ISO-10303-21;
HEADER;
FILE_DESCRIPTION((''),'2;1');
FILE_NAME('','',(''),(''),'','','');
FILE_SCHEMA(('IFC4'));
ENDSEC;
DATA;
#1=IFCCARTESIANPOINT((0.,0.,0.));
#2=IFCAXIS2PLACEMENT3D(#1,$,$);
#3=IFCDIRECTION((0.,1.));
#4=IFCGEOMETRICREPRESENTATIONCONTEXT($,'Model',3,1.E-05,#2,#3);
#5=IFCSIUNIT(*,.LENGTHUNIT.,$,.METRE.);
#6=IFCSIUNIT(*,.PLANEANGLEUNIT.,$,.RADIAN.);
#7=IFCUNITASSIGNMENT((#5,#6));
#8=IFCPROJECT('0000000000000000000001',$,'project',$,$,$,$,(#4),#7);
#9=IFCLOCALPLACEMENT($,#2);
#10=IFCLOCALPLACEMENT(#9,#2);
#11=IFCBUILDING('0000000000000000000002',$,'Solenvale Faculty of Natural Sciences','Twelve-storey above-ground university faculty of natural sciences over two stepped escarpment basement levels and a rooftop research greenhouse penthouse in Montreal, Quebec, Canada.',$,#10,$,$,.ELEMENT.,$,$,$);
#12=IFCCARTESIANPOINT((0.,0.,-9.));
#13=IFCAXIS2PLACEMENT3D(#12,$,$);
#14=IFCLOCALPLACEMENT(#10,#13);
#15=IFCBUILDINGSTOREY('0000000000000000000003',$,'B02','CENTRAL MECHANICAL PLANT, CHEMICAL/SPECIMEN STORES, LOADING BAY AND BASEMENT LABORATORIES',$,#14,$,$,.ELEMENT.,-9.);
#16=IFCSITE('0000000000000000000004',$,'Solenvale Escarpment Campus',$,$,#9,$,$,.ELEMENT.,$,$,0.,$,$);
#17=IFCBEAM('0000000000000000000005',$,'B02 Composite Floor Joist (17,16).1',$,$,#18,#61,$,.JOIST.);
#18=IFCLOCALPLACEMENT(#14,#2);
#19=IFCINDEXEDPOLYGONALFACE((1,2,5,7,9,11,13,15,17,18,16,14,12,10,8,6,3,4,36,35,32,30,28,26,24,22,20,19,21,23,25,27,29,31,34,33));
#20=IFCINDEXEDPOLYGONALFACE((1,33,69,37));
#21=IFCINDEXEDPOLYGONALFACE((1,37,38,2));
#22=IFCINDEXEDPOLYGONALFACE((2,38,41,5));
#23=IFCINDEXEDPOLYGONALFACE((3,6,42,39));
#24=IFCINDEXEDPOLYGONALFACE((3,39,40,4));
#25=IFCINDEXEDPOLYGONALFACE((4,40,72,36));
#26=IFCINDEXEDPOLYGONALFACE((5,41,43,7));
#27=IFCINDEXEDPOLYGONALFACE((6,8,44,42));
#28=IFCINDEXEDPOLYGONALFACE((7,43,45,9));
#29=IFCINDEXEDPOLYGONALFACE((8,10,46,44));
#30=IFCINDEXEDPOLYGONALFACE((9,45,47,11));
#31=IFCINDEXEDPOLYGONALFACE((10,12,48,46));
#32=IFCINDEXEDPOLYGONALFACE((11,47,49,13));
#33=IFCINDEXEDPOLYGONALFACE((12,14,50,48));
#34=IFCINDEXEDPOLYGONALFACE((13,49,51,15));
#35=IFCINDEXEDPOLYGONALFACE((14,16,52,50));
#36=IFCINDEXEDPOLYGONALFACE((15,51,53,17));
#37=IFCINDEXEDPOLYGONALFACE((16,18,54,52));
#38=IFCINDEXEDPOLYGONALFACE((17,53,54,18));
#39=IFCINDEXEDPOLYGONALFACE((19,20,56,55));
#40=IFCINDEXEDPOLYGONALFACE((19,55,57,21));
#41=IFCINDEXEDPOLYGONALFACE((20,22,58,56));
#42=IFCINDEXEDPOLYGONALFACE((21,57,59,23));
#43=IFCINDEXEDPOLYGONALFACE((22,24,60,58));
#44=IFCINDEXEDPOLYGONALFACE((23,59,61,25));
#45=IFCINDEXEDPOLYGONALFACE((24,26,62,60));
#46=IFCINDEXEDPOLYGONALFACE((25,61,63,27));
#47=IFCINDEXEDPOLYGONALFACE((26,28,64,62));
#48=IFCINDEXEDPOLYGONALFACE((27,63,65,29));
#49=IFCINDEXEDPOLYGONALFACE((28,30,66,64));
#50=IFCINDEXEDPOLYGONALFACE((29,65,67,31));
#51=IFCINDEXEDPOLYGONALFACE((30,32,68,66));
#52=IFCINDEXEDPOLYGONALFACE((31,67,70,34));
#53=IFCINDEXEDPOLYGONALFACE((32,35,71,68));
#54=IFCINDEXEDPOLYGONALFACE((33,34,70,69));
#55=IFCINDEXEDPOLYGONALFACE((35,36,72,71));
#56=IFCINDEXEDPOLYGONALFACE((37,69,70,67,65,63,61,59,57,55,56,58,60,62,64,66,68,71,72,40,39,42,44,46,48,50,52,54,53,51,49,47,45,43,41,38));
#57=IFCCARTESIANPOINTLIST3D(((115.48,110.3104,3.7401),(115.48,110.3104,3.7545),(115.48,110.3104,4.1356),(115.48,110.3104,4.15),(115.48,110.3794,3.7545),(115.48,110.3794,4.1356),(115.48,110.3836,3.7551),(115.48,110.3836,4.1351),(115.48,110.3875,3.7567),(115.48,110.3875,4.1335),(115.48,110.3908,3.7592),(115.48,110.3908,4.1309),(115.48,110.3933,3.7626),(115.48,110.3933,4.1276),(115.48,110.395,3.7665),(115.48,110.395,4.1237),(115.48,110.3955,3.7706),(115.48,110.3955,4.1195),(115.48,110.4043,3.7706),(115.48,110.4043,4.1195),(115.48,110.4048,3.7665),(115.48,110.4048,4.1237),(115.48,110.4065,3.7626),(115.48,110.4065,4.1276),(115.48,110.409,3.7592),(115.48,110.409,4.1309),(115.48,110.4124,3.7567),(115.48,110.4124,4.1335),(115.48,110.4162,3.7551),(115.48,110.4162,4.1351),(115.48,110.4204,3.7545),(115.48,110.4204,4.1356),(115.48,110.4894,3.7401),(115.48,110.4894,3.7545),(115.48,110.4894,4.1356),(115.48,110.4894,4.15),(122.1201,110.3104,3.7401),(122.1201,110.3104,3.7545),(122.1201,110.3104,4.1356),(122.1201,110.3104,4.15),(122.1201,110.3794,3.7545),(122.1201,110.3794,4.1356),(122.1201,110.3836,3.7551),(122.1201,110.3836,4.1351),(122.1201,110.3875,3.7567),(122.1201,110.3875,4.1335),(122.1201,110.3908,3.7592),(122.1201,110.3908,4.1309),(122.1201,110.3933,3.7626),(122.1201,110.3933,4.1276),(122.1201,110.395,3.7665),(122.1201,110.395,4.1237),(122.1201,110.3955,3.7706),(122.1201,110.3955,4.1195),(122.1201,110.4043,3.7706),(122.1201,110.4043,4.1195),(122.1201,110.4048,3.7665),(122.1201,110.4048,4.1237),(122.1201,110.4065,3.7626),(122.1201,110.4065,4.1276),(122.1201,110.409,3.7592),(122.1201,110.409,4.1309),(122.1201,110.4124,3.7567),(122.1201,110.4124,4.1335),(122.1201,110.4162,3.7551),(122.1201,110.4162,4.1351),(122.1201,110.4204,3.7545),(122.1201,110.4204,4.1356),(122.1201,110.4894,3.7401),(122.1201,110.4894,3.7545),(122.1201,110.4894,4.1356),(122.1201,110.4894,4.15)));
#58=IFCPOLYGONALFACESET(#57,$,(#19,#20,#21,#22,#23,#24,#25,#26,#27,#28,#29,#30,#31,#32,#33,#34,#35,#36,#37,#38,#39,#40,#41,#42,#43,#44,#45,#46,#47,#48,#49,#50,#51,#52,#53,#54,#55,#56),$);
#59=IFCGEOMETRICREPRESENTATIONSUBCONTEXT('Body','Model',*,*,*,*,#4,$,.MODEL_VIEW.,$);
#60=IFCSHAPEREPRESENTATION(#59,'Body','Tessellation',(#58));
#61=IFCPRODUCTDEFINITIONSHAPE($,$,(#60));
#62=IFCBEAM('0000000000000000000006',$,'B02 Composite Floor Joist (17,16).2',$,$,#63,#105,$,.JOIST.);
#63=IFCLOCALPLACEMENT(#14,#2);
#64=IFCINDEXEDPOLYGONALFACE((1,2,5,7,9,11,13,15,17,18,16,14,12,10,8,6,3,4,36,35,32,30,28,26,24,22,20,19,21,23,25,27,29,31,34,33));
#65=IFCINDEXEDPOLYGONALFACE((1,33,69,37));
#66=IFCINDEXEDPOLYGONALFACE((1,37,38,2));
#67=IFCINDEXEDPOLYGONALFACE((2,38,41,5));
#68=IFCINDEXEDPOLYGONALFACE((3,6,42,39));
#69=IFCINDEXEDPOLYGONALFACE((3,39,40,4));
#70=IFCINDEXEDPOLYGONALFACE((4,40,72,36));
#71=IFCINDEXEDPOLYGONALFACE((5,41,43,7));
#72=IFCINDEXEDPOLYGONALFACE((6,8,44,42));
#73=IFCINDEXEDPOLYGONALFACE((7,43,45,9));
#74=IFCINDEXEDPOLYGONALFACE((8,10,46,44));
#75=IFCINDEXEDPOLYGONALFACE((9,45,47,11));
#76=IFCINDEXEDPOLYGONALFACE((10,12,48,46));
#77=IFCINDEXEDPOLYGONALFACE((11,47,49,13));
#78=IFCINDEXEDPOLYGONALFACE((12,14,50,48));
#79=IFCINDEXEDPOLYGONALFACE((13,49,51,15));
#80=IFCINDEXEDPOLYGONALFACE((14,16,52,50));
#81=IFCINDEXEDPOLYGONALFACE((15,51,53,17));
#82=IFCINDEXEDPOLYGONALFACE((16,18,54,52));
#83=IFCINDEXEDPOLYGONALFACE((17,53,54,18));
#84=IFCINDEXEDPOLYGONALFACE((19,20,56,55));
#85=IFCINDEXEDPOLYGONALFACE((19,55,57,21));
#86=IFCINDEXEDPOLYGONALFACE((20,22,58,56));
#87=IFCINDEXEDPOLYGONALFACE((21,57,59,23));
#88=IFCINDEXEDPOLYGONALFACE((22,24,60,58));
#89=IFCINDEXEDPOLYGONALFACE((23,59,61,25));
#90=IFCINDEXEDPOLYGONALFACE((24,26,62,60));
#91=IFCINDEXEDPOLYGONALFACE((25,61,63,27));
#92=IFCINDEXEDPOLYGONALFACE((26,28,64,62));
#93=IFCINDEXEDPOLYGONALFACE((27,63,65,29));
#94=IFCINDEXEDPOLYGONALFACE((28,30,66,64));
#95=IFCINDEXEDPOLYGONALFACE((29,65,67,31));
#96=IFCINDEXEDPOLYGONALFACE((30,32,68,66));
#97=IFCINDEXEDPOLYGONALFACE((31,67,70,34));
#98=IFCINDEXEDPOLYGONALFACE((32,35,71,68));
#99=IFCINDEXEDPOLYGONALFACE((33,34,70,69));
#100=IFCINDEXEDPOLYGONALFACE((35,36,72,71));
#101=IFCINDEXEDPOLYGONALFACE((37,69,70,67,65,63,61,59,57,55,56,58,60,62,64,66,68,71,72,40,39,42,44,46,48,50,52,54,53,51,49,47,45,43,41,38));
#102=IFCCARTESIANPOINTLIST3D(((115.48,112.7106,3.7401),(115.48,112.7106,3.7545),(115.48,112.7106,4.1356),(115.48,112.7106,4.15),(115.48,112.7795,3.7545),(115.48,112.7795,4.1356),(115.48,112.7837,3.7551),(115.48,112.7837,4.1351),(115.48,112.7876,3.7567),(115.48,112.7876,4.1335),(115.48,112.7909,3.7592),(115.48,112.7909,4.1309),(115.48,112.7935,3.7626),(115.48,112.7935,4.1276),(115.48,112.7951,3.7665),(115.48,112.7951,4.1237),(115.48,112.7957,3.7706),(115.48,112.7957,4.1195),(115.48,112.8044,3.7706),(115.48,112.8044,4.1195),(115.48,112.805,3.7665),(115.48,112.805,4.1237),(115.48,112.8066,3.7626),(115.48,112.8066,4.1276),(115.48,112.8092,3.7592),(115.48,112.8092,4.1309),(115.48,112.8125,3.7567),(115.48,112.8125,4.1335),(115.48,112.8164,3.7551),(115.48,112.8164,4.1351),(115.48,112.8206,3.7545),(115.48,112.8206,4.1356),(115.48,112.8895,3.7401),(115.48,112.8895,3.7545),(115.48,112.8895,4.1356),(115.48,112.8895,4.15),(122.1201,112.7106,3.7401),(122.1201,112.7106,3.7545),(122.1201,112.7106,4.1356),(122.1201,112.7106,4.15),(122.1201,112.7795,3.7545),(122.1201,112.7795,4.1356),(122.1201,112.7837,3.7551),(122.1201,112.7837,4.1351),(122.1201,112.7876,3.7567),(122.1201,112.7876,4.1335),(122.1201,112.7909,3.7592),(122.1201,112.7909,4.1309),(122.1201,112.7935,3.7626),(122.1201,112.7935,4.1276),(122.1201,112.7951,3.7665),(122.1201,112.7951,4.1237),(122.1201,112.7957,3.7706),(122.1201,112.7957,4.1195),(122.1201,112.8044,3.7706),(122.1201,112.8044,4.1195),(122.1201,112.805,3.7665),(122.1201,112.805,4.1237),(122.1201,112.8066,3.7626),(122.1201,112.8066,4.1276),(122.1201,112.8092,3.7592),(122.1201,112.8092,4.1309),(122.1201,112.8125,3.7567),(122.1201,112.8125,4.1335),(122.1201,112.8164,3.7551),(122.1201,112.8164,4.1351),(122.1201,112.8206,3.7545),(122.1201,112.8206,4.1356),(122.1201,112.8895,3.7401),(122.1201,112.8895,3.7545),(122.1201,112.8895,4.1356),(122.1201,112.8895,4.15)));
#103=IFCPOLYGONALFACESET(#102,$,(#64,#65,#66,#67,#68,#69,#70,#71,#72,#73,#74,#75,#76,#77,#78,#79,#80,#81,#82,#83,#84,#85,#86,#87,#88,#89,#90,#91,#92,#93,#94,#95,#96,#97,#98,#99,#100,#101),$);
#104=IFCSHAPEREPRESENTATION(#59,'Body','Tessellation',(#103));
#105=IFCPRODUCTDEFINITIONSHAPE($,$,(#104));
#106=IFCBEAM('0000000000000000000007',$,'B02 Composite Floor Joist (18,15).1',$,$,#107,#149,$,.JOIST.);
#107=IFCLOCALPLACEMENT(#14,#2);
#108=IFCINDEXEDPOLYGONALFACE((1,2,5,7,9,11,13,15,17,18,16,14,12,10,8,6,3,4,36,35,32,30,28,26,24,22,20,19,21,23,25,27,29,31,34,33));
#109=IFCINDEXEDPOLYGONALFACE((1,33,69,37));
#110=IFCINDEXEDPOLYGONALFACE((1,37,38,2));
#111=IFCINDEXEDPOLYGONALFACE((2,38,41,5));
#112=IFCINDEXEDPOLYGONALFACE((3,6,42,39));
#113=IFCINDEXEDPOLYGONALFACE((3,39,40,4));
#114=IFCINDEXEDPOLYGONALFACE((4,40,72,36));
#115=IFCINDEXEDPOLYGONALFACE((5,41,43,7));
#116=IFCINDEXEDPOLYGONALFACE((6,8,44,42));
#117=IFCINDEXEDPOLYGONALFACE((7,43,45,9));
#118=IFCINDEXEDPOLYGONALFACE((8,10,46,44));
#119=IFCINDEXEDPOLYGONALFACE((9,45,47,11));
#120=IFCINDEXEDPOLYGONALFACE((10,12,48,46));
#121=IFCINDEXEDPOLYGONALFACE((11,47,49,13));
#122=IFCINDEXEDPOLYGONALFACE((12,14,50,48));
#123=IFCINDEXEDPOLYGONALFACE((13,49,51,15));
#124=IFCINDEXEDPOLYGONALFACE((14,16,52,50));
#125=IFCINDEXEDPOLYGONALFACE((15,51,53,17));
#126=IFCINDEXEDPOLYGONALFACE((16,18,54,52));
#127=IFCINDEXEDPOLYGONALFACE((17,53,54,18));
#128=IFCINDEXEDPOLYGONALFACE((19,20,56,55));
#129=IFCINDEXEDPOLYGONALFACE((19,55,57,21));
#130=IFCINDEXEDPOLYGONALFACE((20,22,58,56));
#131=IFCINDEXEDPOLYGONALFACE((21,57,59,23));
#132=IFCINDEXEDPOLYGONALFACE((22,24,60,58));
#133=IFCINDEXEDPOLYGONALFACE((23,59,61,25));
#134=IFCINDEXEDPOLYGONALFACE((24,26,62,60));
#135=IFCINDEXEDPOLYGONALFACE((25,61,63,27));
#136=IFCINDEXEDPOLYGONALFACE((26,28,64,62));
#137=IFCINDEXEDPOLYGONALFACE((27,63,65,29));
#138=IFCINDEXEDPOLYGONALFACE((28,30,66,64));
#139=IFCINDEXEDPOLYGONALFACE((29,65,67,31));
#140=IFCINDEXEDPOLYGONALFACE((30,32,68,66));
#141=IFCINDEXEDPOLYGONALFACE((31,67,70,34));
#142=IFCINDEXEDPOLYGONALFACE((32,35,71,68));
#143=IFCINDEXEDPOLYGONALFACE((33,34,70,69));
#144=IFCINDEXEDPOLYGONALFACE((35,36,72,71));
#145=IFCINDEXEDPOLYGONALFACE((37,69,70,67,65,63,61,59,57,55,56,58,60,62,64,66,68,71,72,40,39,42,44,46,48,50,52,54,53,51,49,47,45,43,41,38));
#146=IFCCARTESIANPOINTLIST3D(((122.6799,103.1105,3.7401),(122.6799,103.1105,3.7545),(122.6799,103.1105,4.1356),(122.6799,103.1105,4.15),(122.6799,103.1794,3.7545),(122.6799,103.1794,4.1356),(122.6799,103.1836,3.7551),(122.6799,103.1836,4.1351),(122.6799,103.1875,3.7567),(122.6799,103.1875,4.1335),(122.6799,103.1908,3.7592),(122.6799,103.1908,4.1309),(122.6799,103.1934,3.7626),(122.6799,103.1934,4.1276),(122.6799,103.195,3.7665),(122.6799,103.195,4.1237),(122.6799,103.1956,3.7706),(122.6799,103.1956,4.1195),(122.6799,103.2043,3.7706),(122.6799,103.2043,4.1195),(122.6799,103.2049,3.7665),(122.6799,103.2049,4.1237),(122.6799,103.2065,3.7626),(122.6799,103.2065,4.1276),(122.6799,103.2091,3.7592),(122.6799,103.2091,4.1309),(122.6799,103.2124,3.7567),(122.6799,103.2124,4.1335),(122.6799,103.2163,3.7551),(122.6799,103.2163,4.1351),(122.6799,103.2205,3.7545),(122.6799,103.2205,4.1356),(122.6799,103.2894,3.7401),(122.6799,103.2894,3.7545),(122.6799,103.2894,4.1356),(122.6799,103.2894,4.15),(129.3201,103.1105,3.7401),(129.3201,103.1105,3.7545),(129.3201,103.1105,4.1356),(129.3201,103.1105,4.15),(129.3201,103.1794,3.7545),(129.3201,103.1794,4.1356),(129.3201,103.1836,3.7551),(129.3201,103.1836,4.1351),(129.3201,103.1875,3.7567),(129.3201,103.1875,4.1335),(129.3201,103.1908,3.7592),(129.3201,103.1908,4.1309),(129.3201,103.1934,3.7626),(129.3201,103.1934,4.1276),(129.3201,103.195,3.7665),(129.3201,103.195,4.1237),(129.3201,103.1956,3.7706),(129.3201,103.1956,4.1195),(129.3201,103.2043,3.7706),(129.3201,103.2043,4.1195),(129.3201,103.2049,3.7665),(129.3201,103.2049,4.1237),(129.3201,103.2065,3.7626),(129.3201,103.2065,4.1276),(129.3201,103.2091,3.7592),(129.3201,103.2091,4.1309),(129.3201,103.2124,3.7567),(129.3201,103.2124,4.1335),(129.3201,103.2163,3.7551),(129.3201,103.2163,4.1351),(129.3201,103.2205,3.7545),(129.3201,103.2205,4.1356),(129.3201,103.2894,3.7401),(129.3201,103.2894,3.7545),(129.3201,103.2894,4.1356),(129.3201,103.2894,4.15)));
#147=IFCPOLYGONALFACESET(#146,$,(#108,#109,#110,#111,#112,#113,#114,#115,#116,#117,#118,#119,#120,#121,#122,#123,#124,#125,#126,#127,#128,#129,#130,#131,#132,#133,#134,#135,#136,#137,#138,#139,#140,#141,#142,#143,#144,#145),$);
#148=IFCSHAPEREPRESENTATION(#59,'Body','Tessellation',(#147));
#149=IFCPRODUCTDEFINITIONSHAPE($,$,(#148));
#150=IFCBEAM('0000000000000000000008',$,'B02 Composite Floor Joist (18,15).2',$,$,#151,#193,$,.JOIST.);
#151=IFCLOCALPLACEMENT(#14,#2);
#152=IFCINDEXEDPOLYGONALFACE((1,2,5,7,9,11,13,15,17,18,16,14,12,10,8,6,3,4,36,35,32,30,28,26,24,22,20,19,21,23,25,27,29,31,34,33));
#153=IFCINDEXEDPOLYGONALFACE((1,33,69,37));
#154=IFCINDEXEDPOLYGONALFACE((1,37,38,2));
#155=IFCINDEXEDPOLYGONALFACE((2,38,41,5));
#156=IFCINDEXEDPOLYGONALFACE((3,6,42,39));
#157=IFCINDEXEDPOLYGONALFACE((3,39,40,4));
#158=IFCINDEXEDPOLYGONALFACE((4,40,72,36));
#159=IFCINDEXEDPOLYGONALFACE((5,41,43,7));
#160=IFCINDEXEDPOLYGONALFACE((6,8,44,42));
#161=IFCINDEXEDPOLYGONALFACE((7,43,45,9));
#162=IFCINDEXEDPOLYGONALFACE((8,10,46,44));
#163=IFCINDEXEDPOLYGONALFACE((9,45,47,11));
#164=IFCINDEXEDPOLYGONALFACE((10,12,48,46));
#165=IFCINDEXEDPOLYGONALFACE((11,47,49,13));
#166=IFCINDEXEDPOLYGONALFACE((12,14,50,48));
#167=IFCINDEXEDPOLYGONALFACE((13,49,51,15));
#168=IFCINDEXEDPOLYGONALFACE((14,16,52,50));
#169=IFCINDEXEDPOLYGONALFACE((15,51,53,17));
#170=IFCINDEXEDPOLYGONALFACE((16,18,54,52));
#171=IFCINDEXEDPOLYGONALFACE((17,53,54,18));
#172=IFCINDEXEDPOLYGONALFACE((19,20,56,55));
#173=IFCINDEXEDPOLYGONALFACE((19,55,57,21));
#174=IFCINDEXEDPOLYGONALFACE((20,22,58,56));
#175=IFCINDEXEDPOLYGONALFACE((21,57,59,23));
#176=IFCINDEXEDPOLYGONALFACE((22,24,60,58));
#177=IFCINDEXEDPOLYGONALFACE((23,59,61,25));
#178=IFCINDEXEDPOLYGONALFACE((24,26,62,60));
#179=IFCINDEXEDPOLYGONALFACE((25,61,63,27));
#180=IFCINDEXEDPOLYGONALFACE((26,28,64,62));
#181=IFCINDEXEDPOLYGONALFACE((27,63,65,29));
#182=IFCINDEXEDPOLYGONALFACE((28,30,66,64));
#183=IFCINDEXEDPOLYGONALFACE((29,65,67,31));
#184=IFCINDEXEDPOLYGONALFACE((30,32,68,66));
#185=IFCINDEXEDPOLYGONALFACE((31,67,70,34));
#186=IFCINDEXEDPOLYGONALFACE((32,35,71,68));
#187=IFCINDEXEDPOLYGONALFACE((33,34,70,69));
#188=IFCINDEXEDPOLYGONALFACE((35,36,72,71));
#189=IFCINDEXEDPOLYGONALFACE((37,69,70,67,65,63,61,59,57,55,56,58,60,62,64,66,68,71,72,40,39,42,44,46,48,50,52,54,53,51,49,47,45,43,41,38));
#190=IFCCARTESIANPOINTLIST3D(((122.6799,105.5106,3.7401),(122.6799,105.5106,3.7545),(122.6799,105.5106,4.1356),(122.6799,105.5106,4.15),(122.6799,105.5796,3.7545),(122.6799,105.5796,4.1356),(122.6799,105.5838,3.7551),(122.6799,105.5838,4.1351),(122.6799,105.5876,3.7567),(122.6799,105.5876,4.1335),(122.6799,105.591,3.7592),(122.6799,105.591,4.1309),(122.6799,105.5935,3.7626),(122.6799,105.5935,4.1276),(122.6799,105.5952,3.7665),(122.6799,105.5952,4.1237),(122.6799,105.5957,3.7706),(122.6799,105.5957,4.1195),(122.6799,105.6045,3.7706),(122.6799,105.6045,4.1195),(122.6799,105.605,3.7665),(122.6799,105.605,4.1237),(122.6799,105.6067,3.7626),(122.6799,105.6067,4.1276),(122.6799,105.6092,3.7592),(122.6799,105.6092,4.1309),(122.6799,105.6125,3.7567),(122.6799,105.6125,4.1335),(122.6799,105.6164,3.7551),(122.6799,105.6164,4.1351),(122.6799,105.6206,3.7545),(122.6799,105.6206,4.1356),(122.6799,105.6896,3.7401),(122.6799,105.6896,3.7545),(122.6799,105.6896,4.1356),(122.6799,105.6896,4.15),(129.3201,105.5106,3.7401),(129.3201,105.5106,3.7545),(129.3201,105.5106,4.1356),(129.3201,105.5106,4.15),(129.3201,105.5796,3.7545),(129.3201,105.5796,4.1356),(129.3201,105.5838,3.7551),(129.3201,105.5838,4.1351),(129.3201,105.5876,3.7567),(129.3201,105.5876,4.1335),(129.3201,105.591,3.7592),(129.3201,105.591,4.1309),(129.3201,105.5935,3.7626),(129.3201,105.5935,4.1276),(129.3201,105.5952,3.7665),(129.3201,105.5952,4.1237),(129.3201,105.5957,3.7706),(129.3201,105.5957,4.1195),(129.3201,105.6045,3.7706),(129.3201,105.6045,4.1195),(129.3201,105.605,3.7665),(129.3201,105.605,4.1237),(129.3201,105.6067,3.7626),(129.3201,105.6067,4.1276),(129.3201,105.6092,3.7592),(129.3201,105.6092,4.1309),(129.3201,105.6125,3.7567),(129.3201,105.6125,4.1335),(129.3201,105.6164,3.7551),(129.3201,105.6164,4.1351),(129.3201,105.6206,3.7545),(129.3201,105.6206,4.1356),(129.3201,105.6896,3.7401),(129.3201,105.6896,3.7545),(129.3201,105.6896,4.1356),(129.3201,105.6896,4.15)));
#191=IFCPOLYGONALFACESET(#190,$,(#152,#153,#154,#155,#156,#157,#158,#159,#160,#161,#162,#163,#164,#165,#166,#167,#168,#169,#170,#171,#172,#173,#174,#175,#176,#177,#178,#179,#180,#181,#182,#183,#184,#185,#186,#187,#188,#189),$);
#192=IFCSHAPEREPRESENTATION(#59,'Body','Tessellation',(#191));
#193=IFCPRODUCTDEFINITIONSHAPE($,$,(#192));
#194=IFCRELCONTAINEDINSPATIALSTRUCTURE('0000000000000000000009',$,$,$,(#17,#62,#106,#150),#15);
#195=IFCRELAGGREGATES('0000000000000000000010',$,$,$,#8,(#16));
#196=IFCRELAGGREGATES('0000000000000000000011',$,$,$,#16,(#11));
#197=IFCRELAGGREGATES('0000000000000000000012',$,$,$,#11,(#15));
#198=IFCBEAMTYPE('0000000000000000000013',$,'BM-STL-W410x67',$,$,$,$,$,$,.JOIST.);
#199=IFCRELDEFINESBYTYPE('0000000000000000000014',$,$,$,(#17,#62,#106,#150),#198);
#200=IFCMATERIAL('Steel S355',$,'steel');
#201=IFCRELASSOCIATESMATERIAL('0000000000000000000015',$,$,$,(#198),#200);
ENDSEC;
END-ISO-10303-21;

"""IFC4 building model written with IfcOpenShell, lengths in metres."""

from ifc_helpers import new_model, si_unit, direction, frame, origin, origin_2d, place, context, subcontext, project, spatial, i_section, extrude, material, material_profile, profile_set, type_object, element, save


model = new_model("IFC4")

# Units and contexts
model_context = context("Model", 3, precision=1e-05, world=origin(), true_north=direction((0.0, 1.0)))
body_context = subcontext(model_context, "Body", "Model", "MODEL_VIEW")
ifc_project = project(units=[si_unit("LENGTHUNIT", "METRE"), si_unit("PLANEANGLEUNIT", "RADIAN")], contexts=[model_context])

# Site, building, storey
site_placement = place(None, origin())
site = spatial("IfcSite", under=ifc_project, at=site_placement, Name="Solenvale Escarpment Campus", CompositionType="ELEMENT", RefElevation=0.0)
building_placement = place(site_placement, origin())
building = spatial("IfcBuilding", under=site, at=building_placement, Name="Solenvale Faculty of Natural Sciences", Description="Twelve-storey above-ground university faculty of natural sciences over two stepped escarpment basement levels and a rooftop research greenhouse penthouse in Montreal, Quebec, Canada.", CompositionType="ELEMENT")
storey_placement = place(building_placement, frame((0.0, 0.0, -9.0)))
storey = spatial("IfcBuildingStorey", under=building, at=storey_placement, Name="B02", Description="CENTRAL MECHANICAL PLANT, CHEMICAL/SPECIMEN STORES, LOADING BAY AND BASEMENT LABORATORIES", CompositionType="ELEMENT", Elevation=-9.0)

# Beams
ifc_material_1 = material(Name="Steel S355", Category="steel")
ifc_material_profile_1 = material_profile(ifc_material_1, i_section(OverallWidth=0.179, OverallDepth=0.4099, WebThickness=0.0088, FlangeThickness=0.0144, FilletRadius=0.0161, at=origin_2d()), Name="W410x67")
ifc_profile_set_1 = profile_set([ifc_material_profile_1], Name="Steel S355")
beam_type_1 = type_object("IfcBeamType", Name="BM-STL-W410x67", PredefinedType="JOIST", material=ifc_profile_set_1)
for number, where, z_axis, x_axis, name in (
    (1, (115.48, 110.3999, 3.9451), (1.0, 0.0, 0.0), (0.0, 1.0, 0.0), "B02 Composite Floor Joist (17,16).1"),
    (2, (115.48, 112.8, 3.9451), (1.0, 0.0, 0.0), (0.0, 1.0, 0.0), "B02 Composite Floor Joist (17,16).2"),
    (3, (122.6799, 103.2, 3.9451), (1.0, 0.0, 0.0), (0.0, 1.0, 0.0), "B02 Composite Floor Joist (18,15).1"),
    (4, (122.6799, 105.6001, 3.9451), (1.0, 0.0, 0.0), (0.0, 1.0, 0.0), "B02 Composite Floor Joist (18,15).2"),
):
    element("IfcBeam", number, at=place(storey_placement, frame(where, z_axis=z_axis, x_axis=x_axis)), inside=storey, type_object=beam_type_1, Name=name, PredefinedType="JOIST", context=body_context, shape_type="SweptSolid", body=[
        extrude(i_section(OverallWidth=0.179, OverallDepth=0.4099, WebThickness=0.0088, FlangeThickness=0.0144, FilletRadius=0.0161, at=origin_2d()), origin(), (0.0, 0.0, 1.0), 6.6401),
    ])

save(model, "model.ifc")
